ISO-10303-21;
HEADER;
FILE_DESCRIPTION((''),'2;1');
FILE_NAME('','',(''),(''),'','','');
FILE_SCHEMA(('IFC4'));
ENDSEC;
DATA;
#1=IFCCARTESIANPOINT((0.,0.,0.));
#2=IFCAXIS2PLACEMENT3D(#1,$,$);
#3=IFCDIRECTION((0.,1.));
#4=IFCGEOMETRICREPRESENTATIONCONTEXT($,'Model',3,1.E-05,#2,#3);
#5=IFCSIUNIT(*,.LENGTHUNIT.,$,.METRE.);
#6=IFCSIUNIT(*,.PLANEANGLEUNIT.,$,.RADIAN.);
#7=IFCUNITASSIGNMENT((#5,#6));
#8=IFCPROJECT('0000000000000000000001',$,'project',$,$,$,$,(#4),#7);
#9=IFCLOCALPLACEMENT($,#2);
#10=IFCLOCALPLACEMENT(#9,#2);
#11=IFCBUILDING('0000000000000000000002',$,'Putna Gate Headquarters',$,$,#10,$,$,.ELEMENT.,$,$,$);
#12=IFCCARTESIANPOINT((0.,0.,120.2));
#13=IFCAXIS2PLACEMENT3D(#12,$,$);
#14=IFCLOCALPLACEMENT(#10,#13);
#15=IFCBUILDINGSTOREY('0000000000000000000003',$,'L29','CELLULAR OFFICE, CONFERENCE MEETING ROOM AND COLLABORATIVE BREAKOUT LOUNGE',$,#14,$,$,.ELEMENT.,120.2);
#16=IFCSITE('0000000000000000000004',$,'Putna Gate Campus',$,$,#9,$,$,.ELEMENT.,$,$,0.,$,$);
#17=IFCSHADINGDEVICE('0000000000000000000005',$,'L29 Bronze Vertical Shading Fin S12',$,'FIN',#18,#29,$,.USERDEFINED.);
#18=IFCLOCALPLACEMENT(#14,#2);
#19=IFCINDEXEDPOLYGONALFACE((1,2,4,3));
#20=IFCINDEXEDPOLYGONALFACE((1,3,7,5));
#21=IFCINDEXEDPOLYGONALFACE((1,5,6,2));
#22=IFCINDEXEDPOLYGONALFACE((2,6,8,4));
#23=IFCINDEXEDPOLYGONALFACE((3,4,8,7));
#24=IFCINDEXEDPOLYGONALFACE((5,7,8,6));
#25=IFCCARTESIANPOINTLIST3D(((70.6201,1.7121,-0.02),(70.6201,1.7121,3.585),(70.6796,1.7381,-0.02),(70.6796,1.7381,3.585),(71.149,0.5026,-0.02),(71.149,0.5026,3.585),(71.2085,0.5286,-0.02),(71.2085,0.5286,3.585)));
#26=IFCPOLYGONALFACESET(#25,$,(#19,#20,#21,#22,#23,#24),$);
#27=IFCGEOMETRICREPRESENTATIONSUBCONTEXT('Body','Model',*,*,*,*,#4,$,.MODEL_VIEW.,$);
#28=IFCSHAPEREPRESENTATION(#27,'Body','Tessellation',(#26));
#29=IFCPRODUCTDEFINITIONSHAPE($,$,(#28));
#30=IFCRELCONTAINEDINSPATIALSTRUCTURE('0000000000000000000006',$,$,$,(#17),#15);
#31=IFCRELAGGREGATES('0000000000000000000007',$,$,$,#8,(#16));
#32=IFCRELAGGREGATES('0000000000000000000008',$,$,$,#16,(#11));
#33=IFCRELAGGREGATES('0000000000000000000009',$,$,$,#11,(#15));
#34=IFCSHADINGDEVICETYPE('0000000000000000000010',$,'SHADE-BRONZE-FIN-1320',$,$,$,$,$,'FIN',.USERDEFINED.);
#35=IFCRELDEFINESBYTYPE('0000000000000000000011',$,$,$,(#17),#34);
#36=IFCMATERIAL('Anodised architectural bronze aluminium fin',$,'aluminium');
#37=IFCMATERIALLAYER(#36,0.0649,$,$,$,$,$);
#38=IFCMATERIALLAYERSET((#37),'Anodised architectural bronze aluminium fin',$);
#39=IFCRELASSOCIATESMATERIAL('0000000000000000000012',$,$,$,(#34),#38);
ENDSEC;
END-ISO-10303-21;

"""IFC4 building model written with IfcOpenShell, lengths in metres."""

from ifc_helpers import new_model, si_unit, direction, frame, origin, origin_2d, place, context, subcontext, project, spatial, rectangle, extrude, material, layer, layer_set, type_object, element, save


model = new_model("IFC4")

# Units and contexts
model_context = context("Model", 3, precision=1e-05, world=origin(), true_north=direction((0.0, 1.0)))
body_context = subcontext(model_context, "Body", "Model", "MODEL_VIEW")
ifc_project = project(units=[si_unit("LENGTHUNIT", "METRE"), si_unit("PLANEANGLEUNIT", "RADIAN")], contexts=[model_context])

# Site, building, storey
site_placement = place(None, origin())
site = spatial("IfcSite", under=ifc_project, at=site_placement, Name="Putna Gate Campus", CompositionType="ELEMENT", RefElevation=0.0)
building_placement = place(site_placement, origin())
building = spatial("IfcBuilding", under=site, at=building_placement, Name="Putna Gate Headquarters", CompositionType="ELEMENT")
storey_placement = place(building_placement, frame((0.0, 0.0, 120.2)))
storey = spatial("IfcBuildingStorey", under=building, at=storey_placement, Name="L29", Description="CELLULAR OFFICE, CONFERENCE MEETING ROOM AND COLLABORATIVE BREAKOUT LOUNGE", CompositionType="ELEMENT", Elevation=120.2)

# Shading device
ifc_material_1 = material(Name="Anodised architectural bronze aluminium fin", Category="aluminium")
ifc_layer_1 = layer(ifc_material_1, 0.0649)
ifc_layer_set_1 = layer_set([ifc_layer_1], Name="Anodised architectural bronze aluminium fin")
shading_device_type = type_object("IfcShadingDeviceType", Name="SHADE-BRONZE-FIN-1320", ElementType="FIN", PredefinedType="USERDEFINED", material=ifc_layer_set_1)
for number, where, z_axis, x_axis, name in (
    (1, (70.9143, 1.1204, -0.02), (0.0, 0.0, 1.0), (0.400669, -0.916223, 0.0), "L29 Bronze Vertical Shading Fin S12"),
):
    element("IfcShadingDevice", number, at=place(storey_placement, frame(where, z_axis=z_axis, x_axis=x_axis)), inside=storey, type_object=shading_device_type, Name=name, ObjectType="FIN", PredefinedType="USERDEFINED", context=body_context, shape_type="SweptSolid", body=[
        extrude(rectangle(XDim=1.3201, YDim=0.0649, at=origin_2d()), origin(), (0.0, 0.0, 1.0), 3.605),
    ])

save(model, "model.ifc")
